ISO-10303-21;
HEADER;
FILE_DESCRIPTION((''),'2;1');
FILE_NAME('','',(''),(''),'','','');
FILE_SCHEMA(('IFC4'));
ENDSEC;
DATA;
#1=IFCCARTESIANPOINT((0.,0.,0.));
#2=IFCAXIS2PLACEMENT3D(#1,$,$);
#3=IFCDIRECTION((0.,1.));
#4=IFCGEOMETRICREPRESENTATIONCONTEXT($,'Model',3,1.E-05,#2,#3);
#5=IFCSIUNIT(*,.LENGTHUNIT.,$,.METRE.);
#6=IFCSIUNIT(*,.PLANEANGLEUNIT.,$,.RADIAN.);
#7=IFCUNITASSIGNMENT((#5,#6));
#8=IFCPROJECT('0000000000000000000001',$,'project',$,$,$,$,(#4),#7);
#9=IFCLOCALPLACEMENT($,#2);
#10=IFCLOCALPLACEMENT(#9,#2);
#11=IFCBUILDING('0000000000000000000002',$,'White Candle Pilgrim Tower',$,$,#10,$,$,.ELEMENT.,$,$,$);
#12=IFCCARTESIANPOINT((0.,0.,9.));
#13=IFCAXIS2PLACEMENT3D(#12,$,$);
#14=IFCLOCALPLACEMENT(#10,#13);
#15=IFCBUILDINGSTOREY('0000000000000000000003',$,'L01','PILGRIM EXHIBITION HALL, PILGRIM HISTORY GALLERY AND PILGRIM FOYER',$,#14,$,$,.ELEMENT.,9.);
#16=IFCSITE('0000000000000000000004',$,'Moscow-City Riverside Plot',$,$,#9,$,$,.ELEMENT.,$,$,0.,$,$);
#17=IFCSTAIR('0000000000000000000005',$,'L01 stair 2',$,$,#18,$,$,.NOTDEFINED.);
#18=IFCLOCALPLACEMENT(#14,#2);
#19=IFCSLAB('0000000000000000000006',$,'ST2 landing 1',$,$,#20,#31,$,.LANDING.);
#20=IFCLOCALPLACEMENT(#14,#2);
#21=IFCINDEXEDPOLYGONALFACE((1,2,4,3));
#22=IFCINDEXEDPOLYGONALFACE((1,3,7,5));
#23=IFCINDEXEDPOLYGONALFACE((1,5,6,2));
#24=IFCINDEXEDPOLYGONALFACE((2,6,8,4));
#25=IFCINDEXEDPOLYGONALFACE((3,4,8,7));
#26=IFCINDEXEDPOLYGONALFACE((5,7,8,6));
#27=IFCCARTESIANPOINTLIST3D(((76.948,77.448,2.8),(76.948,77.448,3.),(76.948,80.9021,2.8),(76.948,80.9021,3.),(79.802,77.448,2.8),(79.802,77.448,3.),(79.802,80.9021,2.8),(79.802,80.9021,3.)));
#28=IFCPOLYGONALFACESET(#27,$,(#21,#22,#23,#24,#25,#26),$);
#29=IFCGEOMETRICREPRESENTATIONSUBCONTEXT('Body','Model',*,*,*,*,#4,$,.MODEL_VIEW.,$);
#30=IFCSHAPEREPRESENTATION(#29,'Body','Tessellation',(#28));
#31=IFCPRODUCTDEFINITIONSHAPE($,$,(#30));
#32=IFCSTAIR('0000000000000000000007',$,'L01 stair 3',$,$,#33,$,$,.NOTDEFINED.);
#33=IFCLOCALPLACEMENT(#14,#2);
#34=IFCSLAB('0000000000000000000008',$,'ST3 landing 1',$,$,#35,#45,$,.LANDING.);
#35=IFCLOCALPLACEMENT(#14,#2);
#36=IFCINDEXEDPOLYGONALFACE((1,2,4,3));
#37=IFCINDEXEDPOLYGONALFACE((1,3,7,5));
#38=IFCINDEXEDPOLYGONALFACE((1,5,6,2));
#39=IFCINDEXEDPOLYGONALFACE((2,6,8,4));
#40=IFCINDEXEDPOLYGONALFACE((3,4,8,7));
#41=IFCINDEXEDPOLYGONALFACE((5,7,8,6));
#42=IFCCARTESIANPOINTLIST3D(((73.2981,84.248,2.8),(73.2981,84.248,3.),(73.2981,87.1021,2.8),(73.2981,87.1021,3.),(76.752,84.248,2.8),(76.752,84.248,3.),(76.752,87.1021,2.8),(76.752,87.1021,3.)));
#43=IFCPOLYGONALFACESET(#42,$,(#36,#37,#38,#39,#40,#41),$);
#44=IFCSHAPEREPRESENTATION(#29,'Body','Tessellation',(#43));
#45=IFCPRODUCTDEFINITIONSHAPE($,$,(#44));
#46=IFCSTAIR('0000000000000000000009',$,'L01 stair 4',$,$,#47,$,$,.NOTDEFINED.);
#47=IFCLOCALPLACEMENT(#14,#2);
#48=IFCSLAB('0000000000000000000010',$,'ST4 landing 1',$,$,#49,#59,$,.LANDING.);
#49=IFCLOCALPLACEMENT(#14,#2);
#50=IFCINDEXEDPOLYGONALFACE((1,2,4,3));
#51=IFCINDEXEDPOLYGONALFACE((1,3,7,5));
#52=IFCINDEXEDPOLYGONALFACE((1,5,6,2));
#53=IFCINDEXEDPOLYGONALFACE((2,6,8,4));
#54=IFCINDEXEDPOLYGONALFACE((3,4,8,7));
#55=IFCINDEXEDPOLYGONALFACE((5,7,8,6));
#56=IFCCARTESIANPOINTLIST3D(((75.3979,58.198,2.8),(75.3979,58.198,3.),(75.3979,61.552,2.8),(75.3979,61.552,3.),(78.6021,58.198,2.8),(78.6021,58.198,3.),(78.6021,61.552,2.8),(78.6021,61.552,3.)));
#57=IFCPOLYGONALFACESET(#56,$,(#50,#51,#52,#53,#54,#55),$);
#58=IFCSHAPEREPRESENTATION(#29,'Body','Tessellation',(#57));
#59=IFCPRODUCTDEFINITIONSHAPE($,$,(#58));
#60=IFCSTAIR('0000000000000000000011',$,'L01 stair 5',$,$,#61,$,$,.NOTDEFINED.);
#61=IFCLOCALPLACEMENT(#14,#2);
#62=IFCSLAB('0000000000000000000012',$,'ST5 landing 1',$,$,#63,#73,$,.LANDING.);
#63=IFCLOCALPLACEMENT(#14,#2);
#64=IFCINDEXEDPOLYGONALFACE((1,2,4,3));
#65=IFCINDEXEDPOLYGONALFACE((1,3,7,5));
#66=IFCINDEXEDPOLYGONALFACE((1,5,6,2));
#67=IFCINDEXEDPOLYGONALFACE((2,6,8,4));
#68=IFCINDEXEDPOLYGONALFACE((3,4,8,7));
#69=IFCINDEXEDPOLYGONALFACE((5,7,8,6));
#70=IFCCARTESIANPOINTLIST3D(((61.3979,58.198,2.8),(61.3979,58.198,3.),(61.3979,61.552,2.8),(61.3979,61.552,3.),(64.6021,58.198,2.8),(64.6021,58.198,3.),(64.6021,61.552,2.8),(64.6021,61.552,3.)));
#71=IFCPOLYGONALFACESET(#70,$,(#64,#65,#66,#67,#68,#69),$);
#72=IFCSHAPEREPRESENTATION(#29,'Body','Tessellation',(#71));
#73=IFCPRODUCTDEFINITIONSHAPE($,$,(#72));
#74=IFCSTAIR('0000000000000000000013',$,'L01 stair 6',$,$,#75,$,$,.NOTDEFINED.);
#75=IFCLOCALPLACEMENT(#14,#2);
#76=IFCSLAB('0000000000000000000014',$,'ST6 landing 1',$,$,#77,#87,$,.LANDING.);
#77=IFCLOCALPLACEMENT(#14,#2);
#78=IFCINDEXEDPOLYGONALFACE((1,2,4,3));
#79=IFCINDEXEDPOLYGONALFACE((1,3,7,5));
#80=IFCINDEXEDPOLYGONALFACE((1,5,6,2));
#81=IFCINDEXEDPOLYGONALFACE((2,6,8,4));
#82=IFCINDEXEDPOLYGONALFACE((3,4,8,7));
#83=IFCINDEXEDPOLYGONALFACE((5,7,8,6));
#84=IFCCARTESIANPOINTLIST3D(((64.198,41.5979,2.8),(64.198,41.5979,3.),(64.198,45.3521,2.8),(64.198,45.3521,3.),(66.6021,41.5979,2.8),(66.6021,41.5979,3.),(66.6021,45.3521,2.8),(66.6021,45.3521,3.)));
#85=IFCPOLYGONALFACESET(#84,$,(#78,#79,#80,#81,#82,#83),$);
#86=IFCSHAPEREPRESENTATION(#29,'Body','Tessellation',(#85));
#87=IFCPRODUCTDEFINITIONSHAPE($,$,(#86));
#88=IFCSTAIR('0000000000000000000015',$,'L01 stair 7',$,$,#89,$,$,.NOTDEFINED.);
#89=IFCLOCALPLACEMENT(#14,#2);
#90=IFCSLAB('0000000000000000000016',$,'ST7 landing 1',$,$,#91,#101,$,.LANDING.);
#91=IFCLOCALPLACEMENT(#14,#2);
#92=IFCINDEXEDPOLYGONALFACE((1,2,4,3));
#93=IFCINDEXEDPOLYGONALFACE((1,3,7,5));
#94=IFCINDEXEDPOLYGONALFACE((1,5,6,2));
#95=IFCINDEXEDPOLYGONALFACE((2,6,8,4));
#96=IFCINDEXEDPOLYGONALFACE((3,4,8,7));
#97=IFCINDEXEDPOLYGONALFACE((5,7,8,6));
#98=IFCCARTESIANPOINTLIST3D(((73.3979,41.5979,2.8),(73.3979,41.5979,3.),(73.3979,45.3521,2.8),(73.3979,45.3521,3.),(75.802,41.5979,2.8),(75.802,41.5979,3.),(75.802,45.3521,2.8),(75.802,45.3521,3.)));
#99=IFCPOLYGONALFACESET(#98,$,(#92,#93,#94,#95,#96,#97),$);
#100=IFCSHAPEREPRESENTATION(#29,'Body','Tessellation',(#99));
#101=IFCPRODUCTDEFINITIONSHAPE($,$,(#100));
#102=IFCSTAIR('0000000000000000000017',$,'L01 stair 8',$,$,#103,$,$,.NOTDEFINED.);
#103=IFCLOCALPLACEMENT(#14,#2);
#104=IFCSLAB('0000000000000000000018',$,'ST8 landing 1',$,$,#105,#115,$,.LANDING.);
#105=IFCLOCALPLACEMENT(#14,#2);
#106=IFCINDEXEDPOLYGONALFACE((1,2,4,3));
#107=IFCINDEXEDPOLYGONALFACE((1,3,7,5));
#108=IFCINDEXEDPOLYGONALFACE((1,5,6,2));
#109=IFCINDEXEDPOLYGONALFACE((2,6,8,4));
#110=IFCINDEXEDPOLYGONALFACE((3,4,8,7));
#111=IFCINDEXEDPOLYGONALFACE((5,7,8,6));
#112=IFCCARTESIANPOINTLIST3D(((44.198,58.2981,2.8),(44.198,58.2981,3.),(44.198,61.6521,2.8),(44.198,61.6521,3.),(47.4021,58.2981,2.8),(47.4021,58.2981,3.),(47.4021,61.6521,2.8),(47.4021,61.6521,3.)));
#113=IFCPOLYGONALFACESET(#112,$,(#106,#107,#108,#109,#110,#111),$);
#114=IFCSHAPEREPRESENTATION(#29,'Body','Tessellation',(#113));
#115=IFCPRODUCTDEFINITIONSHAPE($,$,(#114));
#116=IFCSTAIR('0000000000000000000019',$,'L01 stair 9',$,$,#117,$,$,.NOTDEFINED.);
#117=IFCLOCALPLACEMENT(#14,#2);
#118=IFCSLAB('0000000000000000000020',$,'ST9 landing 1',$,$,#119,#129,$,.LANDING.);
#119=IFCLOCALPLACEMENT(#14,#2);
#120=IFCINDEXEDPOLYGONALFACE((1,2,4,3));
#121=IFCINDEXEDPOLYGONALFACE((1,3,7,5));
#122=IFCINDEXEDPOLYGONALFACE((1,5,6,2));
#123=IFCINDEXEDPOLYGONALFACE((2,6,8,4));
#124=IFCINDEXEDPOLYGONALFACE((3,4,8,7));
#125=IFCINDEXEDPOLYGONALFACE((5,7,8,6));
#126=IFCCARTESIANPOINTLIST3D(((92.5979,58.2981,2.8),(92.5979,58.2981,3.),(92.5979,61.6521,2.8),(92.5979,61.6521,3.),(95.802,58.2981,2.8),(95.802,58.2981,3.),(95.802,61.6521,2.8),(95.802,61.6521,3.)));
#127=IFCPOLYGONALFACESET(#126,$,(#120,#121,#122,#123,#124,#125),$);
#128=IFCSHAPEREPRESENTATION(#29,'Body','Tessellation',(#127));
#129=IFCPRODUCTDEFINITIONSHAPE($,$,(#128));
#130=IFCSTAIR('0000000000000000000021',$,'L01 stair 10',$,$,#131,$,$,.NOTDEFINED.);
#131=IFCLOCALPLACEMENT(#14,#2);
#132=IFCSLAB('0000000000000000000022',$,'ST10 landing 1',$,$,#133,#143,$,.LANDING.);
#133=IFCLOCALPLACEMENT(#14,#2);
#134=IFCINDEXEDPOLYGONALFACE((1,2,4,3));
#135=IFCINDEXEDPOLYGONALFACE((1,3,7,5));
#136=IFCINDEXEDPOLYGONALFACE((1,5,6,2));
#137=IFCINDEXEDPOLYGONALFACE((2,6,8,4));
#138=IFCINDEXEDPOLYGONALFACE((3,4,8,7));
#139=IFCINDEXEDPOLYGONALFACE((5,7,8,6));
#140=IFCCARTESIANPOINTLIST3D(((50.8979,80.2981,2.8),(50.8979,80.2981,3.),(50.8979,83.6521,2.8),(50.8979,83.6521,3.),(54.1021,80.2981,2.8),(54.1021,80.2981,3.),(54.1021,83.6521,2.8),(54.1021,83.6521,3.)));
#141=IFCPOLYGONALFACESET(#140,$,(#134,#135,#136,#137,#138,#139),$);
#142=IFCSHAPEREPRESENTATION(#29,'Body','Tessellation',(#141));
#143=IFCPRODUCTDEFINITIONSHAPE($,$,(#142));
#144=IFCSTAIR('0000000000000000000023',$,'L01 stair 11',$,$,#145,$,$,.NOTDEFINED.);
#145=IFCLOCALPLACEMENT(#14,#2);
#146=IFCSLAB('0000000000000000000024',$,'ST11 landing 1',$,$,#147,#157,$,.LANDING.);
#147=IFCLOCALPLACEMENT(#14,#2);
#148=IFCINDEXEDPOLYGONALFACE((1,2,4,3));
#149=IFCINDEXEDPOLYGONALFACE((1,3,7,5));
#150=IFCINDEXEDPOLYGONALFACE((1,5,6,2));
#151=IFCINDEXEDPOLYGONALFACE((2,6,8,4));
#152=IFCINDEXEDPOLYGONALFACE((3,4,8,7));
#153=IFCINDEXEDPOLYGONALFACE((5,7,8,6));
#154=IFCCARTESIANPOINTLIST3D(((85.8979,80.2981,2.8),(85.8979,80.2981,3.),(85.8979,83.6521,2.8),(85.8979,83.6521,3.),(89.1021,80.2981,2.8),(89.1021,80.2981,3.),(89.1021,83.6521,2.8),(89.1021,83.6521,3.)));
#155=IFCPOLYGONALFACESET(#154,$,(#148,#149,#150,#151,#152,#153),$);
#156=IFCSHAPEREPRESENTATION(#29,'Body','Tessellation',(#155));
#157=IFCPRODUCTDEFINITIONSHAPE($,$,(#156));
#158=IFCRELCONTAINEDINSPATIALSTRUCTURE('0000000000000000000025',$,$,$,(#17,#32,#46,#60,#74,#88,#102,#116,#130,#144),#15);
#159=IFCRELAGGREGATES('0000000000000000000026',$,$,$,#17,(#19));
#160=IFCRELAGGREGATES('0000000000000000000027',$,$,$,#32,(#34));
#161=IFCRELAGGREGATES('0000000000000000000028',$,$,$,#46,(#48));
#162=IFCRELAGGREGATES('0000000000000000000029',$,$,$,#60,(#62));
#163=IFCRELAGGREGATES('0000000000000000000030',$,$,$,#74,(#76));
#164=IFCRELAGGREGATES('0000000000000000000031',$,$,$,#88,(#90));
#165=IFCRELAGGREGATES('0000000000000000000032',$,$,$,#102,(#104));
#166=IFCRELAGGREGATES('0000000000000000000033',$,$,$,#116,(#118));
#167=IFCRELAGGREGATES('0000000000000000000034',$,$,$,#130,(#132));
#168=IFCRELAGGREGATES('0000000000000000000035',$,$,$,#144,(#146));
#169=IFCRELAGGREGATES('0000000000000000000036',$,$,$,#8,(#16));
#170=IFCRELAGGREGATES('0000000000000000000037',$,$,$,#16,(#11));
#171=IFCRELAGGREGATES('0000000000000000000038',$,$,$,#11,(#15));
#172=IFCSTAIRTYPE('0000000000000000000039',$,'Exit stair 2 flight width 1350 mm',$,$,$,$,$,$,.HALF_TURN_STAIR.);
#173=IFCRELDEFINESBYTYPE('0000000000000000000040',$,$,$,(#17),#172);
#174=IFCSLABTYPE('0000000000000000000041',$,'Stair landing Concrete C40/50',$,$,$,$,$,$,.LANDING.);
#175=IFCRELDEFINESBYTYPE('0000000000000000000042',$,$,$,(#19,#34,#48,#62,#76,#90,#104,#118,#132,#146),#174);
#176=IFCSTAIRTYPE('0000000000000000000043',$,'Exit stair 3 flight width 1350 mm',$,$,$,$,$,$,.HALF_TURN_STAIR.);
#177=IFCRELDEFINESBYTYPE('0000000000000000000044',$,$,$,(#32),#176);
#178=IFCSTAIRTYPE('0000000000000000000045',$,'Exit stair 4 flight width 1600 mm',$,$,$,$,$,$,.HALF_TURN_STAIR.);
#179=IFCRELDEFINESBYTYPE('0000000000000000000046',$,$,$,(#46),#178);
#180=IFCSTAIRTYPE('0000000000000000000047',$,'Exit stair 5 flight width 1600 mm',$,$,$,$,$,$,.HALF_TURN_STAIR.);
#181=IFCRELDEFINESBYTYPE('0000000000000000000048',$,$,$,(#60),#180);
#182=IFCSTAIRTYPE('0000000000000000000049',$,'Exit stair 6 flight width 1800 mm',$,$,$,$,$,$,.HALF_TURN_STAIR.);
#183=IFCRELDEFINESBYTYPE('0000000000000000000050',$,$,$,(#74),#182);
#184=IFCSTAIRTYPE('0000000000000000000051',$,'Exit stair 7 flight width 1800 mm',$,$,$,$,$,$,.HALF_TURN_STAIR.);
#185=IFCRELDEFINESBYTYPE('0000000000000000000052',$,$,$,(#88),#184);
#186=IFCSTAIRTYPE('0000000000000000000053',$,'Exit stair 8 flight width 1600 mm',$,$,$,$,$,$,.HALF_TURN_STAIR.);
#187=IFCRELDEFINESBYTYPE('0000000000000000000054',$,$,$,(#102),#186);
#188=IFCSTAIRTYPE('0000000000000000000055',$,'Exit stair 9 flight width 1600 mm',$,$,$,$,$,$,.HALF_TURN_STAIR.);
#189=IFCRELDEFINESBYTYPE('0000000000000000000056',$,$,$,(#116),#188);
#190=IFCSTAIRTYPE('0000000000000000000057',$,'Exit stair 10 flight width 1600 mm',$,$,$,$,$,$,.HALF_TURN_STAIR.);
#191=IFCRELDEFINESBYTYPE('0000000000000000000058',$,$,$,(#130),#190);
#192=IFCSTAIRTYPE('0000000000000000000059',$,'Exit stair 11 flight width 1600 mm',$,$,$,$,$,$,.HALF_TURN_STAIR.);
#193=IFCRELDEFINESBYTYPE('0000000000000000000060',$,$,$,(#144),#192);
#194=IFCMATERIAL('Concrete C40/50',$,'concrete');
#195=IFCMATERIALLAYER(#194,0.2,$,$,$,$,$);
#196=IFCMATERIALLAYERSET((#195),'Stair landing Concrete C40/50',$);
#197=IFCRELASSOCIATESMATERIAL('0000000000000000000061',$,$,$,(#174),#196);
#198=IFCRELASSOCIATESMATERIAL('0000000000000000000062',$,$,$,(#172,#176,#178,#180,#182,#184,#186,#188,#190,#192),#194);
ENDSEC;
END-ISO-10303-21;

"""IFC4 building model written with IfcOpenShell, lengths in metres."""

from ifc_helpers import new_model, si_unit, direction, frame, origin, place, context, subcontext, project, spatial, polyline, outline, extrude, material, layer, layer_set, type_object, element, aggregate, save


model = new_model("IFC4")

# Units and contexts
model_context = context("Model", 3, precision=1e-05, world=origin(), true_north=direction((0.0, 1.0)))
body_context = subcontext(model_context, "Body", "Model", "MODEL_VIEW")
ifc_project = project(units=[si_unit("LENGTHUNIT", "METRE"), si_unit("PLANEANGLEUNIT", "RADIAN")], contexts=[model_context])

# Site, building, storey
site_placement = place(None, origin())
site = spatial("IfcSite", under=ifc_project, at=site_placement, Name="Moscow-City Riverside Plot", CompositionType="ELEMENT", RefElevation=0.0)
building_placement = place(site_placement, origin())
building = spatial("IfcBuilding", under=site, at=building_placement, Name="White Candle Pilgrim Tower", CompositionType="ELEMENT")
storey_placement = place(building_placement, frame((0.0, 0.0, 9.0)))
storey = spatial("IfcBuildingStorey", under=building, at=storey_placement, Name="L01", Description="PILGRIM EXHIBITION HALL, PILGRIM HISTORY GALLERY AND PILGRIM FOYER", CompositionType="ELEMENT", Elevation=9.0)

# Stairs, slabs
ifc_material_1 = material(Name="Concrete C40/50", Category="concrete")
ifc_layer_1 = layer(ifc_material_1, 0.2)
ifc_layer_set_1 = layer_set([ifc_layer_1], Name="Stair landing Concrete C40/50")
slab_type = type_object("IfcSlabType", Name="Stair landing Concrete C40/50", PredefinedType="LANDING", material=ifc_layer_set_1)
stair_type_1 = type_object("IfcStairType", Name="Exit stair 2 flight width 1350 mm", PredefinedType="HALF_TURN_STAIR", material=ifc_material_1)
stair_1_placement = place(storey_placement, origin())
stair_1 = element("IfcStair", 1, at=stair_1_placement, inside=storey, type_object=stair_type_1, Name="L01 stair 2", PredefinedType="NOTDEFINED")
slab_1_placement = place(storey_placement, frame((0.0, 0.0, 2.8)))
slab_1 = element("IfcSlab", 2, at=slab_1_placement, type_object=slab_type, Name="ST2 landing 1", PredefinedType="LANDING", context=body_context, shape_type="SweptSolid", body=[
    extrude(outline(polyline([(79.802, 77.448), (76.948, 77.448), (76.948, 80.9021), (79.802, 80.9021), (79.802, 77.448)])), origin(), (0.0, 0.0, 1.0), 0.2),
])
aggregate(stair_1, [slab_1])
stair_type_2 = type_object("IfcStairType", Name="Exit stair 3 flight width 1350 mm", PredefinedType="HALF_TURN_STAIR", material=ifc_material_1)
stair_2_placement = place(storey_placement, origin())
stair_2 = element("IfcStair", 3, at=stair_2_placement, inside=storey, type_object=stair_type_2, Name="L01 stair 3", PredefinedType="NOTDEFINED")
slab_2_placement = place(storey_placement, frame((0.0, 0.0, 2.8)))
slab_2 = element("IfcSlab", 4, at=slab_2_placement, type_object=slab_type, Name="ST3 landing 1", PredefinedType="LANDING", context=body_context, shape_type="SweptSolid", body=[
    extrude(outline(polyline([(73.2981, 84.248), (73.2981, 87.1021), (76.752, 87.1021), (76.752, 84.248), (73.2981, 84.248)])), origin(), (0.0, 0.0, 1.0), 0.2),
])
aggregate(stair_2, [slab_2])
stair_type_3 = type_object("IfcStairType", Name="Exit stair 4 flight width 1600 mm", PredefinedType="HALF_TURN_STAIR", material=ifc_material_1)
stair_3_placement = place(storey_placement, origin())
stair_3 = element("IfcStair", 5, at=stair_3_placement, inside=storey, type_object=stair_type_3, Name="L01 stair 4", PredefinedType="NOTDEFINED")
slab_3_placement = place(storey_placement, frame((0.0, 0.0, 2.8)))
slab_3 = element("IfcSlab", 6, at=slab_3_placement, type_object=slab_type, Name="ST4 landing 1", PredefinedType="LANDING", context=body_context, shape_type="SweptSolid", body=[
    extrude(outline(polyline([(78.6021, 61.552), (78.6021, 58.198), (75.3979, 58.198), (75.3979, 61.552), (78.6021, 61.552)])), origin(), (0.0, 0.0, 1.0), 0.2),
])
aggregate(stair_3, [slab_3])
stair_type_4 = type_object("IfcStairType", Name="Exit stair 5 flight width 1600 mm", PredefinedType="HALF_TURN_STAIR", material=ifc_material_1)
stair_4_placement = place(storey_placement, origin())
stair_4 = element("IfcStair", 7, at=stair_4_placement, inside=storey, type_object=stair_type_4, Name="L01 stair 5", PredefinedType="NOTDEFINED")
slab_4_placement = place(storey_placement, frame((0.0, 0.0, 2.8)))
slab_4 = element("IfcSlab", 8, at=slab_4_placement, type_object=slab_type, Name="ST5 landing 1", PredefinedType="LANDING", context=body_context, shape_type="SweptSolid", body=[
    extrude(outline(polyline([(61.3979, 58.198), (61.3979, 61.552), (64.6021, 61.552), (64.6021, 58.198), (61.3979, 58.198)])), origin(), (0.0, 0.0, 1.0), 0.2),
])
aggregate(stair_4, [slab_4])
stair_type_5 = type_object("IfcStairType", Name="Exit stair 6 flight width 1800 mm", PredefinedType="HALF_TURN_STAIR", material=ifc_material_1)
stair_5_placement = place(storey_placement, origin())
stair_5 = element("IfcStair", 9, at=stair_5_placement, inside=storey, type_object=stair_type_5, Name="L01 stair 6", PredefinedType="NOTDEFINED")
slab_5_placement = place(storey_placement, frame((0.0, 0.0, 2.8)))
slab_5 = element("IfcSlab", 10, at=slab_5_placement, type_object=slab_type, Name="ST6 landing 1", PredefinedType="LANDING", context=body_context, shape_type="SweptSolid", body=[
    extrude(outline(polyline([(64.198, 41.5979), (64.198, 45.3521), (66.6021, 45.3521), (66.6021, 41.5979), (64.198, 41.5979)])), origin(), (0.0, 0.0, 1.0), 0.2),
])
aggregate(stair_5, [slab_5])
stair_type_6 = type_object("IfcStairType", Name="Exit stair 7 flight width 1800 mm", PredefinedType="HALF_TURN_STAIR", material=ifc_material_1)
stair_6_placement = place(storey_placement, origin())
stair_6 = element("IfcStair", 11, at=stair_6_placement, inside=storey, type_object=stair_type_6, Name="L01 stair 7", PredefinedType="NOTDEFINED")
slab_6_placement = place(storey_placement, frame((0.0, 0.0, 2.8)))
slab_6 = element("IfcSlab", 12, at=slab_6_placement, type_object=slab_type, Name="ST7 landing 1", PredefinedType="LANDING", context=body_context, shape_type="SweptSolid", body=[
    extrude(outline(polyline([(75.802, 45.3521), (75.802, 41.5979), (73.3979, 41.5979), (73.3979, 45.3521), (75.802, 45.3521)])), origin(), (0.0, 0.0, 1.0), 0.2),
])
aggregate(stair_6, [slab_6])
stair_type_7 = type_object("IfcStairType", Name="Exit stair 8 flight width 1600 mm", PredefinedType="HALF_TURN_STAIR", material=ifc_material_1)
stair_7_placement = place(storey_placement, origin())
stair_7 = element("IfcStair", 13, at=stair_7_placement, inside=storey, type_object=stair_type_7, Name="L01 stair 8", PredefinedType="NOTDEFINED")
slab_7_placement = place(storey_placement, frame((0.0, 0.0, 2.8)))
slab_7 = element("IfcSlab", 14, at=slab_7_placement, type_object=slab_type, Name="ST8 landing 1", PredefinedType="LANDING", context=body_context, shape_type="SweptSolid", body=[
    extrude(outline(polyline([(44.198, 58.2981), (44.198, 61.6521), (47.4021, 61.6521), (47.4021, 58.2981), (44.198, 58.2981)])), origin(), (0.0, 0.0, 1.0), 0.2),
])
aggregate(stair_7, [slab_7])
stair_type_8 = type_object("IfcStairType", Name="Exit stair 9 flight width 1600 mm", PredefinedType="HALF_TURN_STAIR", material=ifc_material_1)
stair_8_placement = place(storey_placement, origin())
stair_8 = element("IfcStair", 15, at=stair_8_placement, inside=storey, type_object=stair_type_8, Name="L01 stair 9", PredefinedType="NOTDEFINED")
slab_8_placement = place(storey_placement, frame((0.0, 0.0, 2.8)))
slab_8 = element("IfcSlab", 16, at=slab_8_placement, type_object=slab_type, Name="ST9 landing 1", PredefinedType="LANDING", context=body_context, shape_type="SweptSolid", body=[
    extrude(outline(polyline([(95.802, 61.6521), (95.802, 58.2981), (92.5979, 58.2981), (92.5979, 61.6521), (95.802, 61.6521)])), origin(), (0.0, 0.0, 1.0), 0.2),
])
aggregate(stair_8, [slab_8])
stair_type_9 = type_object("IfcStairType", Name="Exit stair 10 flight width 1600 mm", PredefinedType="HALF_TURN_STAIR", material=ifc_material_1)
stair_9_placement = place(storey_placement, origin())
stair_9 = element("IfcStair", 17, at=stair_9_placement, inside=storey, type_object=stair_type_9, Name="L01 stair 10", PredefinedType="NOTDEFINED")
slab_9_placement = place(storey_placement, frame((0.0, 0.0, 2.8)))
slab_9 = element("IfcSlab", 18, at=slab_9_placement, type_object=slab_type, Name="ST10 landing 1", PredefinedType="LANDING", context=body_context, shape_type="SweptSolid", body=[
    extrude(outline(polyline([(50.8979, 80.2981), (50.8979, 83.6521), (54.1021, 83.6521), (54.1021, 80.2981), (50.8979, 80.2981)])), origin(), (0.0, 0.0, 1.0), 0.2),
])
aggregate(stair_9, [slab_9])
stair_type_10 = type_object("IfcStairType", Name="Exit stair 11 flight width 1600 mm", PredefinedType="HALF_TURN_STAIR", material=ifc_material_1)
stair_10_placement = place(storey_placement, origin())
stair_10 = element("IfcStair", 19, at=stair_10_placement, inside=storey, type_object=stair_type_10, Name="L01 stair 11", PredefinedType="NOTDEFINED")
slab_10_placement = place(storey_placement, frame((0.0, 0.0, 2.8)))
slab_10 = element("IfcSlab", 20, at=slab_10_placement, type_object=slab_type, Name="ST11 landing 1", PredefinedType="LANDING", context=body_context, shape_type="SweptSolid", body=[
    extrude(outline(polyline([(89.1021, 83.6521), (89.1021, 80.2981), (85.8979, 80.2981), (85.8979, 83.6521), (89.1021, 83.6521)])), origin(), (0.0, 0.0, 1.0), 0.2),
])
aggregate(stair_10, [slab_10])

save(model, "model.ifc")
